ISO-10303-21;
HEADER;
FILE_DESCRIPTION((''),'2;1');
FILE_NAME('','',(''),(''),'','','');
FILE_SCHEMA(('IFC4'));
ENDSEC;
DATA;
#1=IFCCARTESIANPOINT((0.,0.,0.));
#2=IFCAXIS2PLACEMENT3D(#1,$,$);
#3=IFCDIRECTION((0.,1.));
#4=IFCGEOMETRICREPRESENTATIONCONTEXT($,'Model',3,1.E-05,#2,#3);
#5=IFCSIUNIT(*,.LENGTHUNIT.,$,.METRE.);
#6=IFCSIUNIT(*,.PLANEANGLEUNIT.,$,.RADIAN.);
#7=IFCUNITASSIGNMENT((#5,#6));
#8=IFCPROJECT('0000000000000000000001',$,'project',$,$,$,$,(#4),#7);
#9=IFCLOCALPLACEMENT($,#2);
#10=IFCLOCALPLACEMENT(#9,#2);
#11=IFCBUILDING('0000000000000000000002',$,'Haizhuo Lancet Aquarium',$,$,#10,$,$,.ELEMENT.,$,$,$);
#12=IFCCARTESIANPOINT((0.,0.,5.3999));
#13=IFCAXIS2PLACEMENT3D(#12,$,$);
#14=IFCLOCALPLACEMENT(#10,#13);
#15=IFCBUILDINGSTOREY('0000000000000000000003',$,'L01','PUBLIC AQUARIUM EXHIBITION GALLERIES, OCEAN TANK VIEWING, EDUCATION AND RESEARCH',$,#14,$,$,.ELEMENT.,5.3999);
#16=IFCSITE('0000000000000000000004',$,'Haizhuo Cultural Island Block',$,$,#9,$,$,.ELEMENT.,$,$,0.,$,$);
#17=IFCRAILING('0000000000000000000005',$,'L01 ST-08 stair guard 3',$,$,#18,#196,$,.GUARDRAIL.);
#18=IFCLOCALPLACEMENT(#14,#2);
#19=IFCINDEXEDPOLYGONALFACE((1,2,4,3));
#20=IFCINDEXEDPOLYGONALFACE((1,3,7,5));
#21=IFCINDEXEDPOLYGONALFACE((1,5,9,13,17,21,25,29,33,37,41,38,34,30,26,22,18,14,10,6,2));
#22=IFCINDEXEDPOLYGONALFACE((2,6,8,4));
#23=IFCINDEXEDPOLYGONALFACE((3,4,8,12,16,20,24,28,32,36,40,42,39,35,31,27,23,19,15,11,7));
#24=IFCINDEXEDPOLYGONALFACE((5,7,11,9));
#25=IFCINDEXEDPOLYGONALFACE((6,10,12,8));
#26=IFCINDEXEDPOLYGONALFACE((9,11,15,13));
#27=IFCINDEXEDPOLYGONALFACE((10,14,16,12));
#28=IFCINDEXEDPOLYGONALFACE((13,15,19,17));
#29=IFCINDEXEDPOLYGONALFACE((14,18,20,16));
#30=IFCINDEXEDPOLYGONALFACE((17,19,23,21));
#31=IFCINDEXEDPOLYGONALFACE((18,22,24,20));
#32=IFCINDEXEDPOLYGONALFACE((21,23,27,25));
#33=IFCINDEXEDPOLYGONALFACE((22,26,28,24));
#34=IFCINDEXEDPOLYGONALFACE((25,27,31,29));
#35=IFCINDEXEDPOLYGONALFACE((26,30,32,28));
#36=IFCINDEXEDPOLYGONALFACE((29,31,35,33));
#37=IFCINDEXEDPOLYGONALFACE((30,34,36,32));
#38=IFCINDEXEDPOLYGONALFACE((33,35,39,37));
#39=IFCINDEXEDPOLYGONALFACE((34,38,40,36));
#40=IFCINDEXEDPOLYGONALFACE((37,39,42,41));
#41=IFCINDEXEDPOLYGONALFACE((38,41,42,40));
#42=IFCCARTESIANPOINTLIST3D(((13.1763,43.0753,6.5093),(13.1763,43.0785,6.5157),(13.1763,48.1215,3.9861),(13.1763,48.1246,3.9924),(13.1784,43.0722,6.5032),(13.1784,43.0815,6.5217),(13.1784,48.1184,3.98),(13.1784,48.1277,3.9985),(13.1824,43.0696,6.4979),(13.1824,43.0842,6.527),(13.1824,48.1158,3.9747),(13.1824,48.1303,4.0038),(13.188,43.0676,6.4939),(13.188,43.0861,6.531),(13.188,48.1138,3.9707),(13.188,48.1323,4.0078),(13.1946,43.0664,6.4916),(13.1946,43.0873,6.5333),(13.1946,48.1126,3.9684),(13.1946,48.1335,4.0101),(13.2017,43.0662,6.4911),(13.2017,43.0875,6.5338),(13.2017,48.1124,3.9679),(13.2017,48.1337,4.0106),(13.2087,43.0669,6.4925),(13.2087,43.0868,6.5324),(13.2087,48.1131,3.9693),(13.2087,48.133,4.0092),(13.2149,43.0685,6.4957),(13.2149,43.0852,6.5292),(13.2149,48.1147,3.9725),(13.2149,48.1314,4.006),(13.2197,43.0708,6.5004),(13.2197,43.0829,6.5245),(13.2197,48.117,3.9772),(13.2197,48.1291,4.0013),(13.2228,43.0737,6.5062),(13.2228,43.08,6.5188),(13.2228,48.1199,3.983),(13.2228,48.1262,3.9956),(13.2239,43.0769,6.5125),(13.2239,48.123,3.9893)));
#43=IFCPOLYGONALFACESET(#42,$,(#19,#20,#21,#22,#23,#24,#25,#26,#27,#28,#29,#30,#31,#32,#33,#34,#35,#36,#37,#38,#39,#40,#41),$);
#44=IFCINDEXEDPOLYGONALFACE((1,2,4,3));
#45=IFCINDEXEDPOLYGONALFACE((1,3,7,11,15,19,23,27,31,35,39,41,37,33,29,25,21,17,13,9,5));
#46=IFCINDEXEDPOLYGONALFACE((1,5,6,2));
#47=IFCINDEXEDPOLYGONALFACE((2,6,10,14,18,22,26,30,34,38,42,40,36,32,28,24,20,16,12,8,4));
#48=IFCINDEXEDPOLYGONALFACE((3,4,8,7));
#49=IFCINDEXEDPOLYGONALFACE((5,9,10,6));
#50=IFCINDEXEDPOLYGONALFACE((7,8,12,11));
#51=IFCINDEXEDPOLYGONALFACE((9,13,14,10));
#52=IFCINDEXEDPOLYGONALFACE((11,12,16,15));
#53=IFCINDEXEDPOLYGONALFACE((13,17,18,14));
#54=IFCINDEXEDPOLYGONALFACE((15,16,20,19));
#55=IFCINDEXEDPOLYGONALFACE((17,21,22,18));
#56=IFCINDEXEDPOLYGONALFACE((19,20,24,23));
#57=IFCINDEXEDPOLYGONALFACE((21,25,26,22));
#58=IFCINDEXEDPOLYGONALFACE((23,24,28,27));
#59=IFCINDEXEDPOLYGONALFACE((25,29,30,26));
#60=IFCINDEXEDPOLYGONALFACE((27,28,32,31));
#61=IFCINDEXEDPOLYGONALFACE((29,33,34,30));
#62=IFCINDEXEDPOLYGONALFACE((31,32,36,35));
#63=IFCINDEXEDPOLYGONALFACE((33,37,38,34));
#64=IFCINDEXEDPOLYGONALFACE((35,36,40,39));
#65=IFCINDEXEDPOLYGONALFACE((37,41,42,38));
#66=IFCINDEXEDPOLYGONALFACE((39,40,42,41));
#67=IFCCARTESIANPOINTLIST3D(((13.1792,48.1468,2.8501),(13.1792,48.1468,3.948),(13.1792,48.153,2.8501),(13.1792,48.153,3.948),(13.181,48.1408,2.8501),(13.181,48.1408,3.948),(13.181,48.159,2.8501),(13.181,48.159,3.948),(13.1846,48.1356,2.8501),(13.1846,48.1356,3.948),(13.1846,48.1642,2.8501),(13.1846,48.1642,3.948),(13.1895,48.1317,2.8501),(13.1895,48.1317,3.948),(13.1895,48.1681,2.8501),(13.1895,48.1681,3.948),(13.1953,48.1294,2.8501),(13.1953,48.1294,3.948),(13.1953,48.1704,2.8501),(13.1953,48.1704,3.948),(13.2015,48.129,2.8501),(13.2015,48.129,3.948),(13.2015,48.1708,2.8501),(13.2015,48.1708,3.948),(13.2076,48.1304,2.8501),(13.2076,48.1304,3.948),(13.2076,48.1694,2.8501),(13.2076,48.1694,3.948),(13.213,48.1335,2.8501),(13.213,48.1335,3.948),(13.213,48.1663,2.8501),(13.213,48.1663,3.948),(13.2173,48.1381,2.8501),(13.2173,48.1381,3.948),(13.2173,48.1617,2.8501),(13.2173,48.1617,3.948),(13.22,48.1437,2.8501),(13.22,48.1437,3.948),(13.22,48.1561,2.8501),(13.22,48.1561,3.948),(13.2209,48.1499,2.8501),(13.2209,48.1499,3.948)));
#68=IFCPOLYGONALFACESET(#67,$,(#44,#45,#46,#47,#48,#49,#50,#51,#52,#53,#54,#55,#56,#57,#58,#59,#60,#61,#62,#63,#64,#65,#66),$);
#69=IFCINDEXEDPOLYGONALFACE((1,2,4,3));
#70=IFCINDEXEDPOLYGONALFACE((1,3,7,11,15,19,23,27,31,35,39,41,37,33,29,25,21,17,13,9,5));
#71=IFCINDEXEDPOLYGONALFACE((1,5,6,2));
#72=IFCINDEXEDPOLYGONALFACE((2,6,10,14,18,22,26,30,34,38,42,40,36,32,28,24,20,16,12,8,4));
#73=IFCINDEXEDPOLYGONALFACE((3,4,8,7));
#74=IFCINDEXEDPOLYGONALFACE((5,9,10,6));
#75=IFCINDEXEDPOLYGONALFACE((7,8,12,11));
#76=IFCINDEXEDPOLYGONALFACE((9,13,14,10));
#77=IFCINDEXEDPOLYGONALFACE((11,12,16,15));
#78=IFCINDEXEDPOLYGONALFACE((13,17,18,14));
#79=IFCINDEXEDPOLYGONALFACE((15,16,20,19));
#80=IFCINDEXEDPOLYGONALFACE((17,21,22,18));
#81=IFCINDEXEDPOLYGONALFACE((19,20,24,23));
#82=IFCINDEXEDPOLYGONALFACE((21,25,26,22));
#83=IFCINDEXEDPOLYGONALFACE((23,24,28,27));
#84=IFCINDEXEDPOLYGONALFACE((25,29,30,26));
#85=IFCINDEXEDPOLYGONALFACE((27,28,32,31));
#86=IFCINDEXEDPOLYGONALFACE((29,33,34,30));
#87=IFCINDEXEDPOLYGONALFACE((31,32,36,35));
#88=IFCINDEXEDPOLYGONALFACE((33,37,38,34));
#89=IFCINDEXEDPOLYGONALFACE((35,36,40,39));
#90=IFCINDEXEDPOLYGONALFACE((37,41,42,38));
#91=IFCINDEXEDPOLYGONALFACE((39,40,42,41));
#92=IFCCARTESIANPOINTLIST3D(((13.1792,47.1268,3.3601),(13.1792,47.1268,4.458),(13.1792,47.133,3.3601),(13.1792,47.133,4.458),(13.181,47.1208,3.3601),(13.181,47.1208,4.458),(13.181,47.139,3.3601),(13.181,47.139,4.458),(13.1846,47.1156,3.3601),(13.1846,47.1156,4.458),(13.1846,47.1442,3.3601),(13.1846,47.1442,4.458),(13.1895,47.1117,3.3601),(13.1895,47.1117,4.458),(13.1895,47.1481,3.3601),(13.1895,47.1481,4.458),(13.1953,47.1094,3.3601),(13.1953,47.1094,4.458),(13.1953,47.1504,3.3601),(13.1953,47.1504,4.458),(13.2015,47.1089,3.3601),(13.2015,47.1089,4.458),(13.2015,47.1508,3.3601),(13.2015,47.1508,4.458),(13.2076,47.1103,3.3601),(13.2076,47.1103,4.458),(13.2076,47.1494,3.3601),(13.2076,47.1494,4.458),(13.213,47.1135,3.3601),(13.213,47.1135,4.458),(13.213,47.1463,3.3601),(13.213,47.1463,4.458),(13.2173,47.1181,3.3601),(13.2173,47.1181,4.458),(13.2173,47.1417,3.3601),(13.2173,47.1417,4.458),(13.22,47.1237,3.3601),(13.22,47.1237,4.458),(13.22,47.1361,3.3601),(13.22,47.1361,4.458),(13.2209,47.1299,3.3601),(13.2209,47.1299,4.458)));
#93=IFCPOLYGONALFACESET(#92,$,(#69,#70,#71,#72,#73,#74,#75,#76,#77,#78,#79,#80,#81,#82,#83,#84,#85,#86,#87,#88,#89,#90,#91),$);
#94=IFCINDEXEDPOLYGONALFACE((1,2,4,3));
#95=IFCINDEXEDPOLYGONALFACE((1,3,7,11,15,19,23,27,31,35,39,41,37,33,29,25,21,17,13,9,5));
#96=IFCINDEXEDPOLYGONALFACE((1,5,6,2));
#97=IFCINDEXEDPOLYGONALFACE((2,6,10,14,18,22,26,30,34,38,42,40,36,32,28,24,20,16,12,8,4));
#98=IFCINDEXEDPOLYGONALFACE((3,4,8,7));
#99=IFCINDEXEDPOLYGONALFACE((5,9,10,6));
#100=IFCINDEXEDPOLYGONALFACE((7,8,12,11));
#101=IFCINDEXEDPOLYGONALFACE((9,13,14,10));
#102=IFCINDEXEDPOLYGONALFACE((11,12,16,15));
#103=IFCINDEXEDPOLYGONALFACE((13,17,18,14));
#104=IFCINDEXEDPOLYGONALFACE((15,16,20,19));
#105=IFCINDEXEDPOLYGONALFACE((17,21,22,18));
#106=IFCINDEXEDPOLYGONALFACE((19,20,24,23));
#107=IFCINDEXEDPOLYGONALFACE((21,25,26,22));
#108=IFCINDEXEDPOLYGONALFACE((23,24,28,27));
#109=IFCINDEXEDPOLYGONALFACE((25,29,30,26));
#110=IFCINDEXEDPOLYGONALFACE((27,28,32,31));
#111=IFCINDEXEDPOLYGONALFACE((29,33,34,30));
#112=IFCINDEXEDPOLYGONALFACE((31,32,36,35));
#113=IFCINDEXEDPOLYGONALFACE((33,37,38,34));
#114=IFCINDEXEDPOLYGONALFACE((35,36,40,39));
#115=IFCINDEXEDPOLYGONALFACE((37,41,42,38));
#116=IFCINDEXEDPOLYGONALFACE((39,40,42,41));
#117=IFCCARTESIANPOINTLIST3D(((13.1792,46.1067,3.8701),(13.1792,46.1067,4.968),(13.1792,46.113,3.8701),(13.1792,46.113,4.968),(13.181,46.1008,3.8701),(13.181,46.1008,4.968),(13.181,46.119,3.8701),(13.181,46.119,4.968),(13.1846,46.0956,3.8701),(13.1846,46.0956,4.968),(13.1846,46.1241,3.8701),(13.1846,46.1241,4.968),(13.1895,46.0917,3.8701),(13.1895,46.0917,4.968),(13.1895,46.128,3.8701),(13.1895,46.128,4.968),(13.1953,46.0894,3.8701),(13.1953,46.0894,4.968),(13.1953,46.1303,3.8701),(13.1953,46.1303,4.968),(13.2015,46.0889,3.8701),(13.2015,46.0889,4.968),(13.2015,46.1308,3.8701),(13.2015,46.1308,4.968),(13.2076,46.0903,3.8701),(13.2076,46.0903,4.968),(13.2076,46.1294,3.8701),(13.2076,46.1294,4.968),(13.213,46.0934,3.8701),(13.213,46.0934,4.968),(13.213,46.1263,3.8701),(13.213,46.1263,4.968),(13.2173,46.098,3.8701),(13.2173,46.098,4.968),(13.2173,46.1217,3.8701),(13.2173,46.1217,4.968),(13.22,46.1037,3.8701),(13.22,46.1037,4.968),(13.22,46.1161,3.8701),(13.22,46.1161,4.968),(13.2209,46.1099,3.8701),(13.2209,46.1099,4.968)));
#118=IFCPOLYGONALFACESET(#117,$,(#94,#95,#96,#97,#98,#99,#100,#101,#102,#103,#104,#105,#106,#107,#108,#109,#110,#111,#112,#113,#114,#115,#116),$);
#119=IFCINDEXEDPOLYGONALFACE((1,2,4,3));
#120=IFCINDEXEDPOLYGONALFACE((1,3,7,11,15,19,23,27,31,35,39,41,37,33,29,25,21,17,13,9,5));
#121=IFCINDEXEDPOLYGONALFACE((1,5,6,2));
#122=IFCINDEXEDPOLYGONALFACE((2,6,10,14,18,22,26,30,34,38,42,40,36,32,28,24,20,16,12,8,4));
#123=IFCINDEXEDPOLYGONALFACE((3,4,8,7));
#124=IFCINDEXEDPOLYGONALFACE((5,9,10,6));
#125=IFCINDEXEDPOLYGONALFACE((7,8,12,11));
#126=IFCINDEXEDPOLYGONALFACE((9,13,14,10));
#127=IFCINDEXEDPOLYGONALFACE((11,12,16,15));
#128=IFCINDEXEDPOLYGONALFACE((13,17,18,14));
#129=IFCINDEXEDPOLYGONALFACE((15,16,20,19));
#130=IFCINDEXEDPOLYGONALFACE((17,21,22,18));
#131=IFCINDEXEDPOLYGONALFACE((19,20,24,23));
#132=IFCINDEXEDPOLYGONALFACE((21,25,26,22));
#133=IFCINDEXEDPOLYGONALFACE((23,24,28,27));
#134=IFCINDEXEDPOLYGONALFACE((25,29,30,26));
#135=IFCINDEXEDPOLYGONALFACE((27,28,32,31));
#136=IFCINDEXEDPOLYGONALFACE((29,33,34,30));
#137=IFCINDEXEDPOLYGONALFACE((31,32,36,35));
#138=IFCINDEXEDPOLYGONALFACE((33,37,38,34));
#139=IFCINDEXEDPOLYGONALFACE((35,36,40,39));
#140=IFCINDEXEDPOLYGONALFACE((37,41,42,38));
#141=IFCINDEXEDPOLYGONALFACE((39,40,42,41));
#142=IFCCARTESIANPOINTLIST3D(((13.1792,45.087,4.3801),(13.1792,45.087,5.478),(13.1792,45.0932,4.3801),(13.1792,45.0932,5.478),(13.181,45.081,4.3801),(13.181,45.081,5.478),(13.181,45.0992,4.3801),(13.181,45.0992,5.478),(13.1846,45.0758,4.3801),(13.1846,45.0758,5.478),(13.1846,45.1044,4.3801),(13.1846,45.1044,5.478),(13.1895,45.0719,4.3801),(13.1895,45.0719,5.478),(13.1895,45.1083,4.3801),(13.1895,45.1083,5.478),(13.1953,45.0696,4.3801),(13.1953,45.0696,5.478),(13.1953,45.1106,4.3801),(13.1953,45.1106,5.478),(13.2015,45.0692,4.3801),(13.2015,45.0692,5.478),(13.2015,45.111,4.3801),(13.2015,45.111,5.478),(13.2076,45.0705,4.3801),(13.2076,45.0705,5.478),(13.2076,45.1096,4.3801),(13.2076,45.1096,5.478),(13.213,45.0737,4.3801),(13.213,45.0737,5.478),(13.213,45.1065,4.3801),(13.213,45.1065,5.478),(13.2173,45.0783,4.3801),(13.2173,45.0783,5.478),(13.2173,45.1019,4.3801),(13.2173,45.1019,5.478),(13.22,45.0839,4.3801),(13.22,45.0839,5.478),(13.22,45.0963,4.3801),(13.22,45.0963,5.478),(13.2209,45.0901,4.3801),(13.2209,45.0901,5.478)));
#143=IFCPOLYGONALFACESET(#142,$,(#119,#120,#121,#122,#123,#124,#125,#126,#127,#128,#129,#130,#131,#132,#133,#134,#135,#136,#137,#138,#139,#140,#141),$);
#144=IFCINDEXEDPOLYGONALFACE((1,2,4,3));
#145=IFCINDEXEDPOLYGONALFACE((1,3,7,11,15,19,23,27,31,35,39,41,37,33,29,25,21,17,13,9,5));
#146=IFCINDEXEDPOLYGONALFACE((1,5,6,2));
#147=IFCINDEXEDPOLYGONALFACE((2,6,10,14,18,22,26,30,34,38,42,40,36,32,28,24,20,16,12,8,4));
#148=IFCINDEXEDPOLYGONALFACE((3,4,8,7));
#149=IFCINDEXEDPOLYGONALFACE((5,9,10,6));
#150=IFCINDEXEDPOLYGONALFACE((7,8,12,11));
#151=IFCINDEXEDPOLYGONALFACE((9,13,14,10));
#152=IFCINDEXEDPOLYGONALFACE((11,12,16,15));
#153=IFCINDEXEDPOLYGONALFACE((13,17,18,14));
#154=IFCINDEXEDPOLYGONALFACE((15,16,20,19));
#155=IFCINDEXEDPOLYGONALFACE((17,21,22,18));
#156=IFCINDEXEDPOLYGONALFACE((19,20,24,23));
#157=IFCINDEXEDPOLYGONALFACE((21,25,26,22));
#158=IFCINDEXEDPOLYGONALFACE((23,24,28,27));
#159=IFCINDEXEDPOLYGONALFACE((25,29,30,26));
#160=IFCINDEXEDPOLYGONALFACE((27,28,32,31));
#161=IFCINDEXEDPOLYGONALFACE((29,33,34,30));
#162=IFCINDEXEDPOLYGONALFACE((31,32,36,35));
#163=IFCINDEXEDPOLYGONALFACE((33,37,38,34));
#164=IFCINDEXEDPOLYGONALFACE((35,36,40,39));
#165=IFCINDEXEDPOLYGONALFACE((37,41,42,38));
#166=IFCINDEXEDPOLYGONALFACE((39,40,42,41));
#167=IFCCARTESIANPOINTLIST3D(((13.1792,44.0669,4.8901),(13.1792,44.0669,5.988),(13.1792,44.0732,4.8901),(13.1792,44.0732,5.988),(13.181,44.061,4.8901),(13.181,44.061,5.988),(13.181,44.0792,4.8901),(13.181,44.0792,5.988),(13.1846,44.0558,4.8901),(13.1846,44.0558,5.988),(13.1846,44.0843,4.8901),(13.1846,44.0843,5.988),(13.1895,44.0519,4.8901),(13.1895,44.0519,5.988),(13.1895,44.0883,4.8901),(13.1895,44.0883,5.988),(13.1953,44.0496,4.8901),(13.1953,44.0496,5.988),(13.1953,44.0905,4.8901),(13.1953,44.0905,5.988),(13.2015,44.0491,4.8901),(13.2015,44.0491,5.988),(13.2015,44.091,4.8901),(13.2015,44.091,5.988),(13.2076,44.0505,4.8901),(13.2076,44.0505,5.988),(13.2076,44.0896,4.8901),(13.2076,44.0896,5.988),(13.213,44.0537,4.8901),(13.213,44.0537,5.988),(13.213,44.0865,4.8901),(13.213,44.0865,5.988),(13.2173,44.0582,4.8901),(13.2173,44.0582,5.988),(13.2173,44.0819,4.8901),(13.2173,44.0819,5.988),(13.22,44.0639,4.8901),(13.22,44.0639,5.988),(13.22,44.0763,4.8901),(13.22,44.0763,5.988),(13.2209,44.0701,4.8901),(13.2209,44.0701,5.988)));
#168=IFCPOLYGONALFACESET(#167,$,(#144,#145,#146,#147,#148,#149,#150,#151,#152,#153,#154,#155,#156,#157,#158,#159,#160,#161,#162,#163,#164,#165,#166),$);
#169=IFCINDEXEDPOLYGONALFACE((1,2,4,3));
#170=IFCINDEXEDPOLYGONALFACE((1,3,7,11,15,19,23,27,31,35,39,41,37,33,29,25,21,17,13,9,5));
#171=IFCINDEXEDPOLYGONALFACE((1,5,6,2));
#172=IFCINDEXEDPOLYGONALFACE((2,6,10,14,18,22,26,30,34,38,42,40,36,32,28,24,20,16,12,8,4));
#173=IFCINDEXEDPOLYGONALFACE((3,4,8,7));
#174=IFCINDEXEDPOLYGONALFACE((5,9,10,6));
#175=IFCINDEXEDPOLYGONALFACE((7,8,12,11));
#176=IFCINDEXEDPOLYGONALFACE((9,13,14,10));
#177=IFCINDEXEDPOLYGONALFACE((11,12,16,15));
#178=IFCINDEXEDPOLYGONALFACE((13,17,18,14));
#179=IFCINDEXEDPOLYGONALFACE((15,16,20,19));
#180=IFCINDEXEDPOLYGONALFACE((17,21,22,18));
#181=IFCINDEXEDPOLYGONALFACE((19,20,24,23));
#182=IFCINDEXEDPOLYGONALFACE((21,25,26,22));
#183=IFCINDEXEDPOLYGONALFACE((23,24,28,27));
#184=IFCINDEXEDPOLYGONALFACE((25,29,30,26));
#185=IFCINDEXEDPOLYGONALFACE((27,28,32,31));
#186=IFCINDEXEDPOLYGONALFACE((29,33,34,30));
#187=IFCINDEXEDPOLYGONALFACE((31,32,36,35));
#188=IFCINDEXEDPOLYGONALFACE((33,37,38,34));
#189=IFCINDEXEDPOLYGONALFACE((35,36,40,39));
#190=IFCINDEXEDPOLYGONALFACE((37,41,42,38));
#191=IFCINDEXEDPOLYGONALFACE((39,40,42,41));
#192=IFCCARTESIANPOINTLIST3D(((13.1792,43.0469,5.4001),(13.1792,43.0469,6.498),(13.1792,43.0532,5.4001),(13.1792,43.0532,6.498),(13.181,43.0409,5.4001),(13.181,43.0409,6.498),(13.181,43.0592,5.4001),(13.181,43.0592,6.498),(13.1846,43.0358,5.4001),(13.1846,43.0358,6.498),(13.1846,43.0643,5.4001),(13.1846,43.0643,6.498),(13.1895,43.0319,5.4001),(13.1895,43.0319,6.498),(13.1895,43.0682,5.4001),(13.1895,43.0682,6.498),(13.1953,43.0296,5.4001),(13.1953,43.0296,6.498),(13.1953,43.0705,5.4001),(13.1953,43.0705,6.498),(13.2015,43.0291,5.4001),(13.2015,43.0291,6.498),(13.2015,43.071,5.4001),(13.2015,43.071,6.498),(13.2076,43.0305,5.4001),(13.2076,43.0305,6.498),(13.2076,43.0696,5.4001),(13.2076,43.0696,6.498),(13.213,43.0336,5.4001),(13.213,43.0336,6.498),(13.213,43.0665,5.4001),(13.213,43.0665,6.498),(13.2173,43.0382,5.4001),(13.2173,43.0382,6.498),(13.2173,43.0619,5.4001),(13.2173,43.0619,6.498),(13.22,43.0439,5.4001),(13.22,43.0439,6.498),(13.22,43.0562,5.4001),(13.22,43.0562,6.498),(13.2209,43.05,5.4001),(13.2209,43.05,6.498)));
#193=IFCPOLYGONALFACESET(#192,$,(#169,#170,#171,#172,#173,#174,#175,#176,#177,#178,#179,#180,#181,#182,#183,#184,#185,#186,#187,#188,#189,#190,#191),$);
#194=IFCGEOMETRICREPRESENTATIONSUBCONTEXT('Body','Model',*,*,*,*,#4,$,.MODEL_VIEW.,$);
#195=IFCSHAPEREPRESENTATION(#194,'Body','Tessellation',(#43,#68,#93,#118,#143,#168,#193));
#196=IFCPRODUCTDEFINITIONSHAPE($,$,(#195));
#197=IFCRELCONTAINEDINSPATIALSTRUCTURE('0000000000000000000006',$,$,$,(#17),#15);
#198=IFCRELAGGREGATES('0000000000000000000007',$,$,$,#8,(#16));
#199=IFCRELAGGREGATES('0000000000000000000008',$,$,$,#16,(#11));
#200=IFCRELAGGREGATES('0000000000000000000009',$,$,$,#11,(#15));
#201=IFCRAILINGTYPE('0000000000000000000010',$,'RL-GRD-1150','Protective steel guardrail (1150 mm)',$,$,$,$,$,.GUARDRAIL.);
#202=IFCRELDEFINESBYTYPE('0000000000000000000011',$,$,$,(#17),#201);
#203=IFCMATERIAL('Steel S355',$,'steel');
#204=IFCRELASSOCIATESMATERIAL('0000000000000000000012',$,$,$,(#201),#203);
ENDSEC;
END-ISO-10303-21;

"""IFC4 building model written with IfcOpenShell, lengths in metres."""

from ifc_helpers import new_model, si_unit, direction, frame, origin, origin_2d, place, context, subcontext, project, spatial, circle, extrude, material, type_object, element, save


model = new_model("IFC4")

# Units and contexts
model_context = context("Model", 3, precision=1e-05, world=origin(), true_north=direction((0.0, 1.0)))
body_context = subcontext(model_context, "Body", "Model", "MODEL_VIEW")
ifc_project = project(units=[si_unit("LENGTHUNIT", "METRE"), si_unit("PLANEANGLEUNIT", "RADIAN")], contexts=[model_context])

# Site, building, storey
site_placement = place(None, origin())
site = spatial("IfcSite", under=ifc_project, at=site_placement, Name="Haizhuo Cultural Island Block", CompositionType="ELEMENT", RefElevation=0.0)
building_placement = place(site_placement, origin())
building = spatial("IfcBuilding", under=site, at=building_placement, Name="Haizhuo Lancet Aquarium", CompositionType="ELEMENT")
storey_placement = place(building_placement, frame((0.0, 0.0, 5.3999)))
storey = spatial("IfcBuildingStorey", under=building, at=storey_placement, Name="L01", Description="PUBLIC AQUARIUM EXHIBITION GALLERIES, OCEAN TANK VIEWING, EDUCATION AND RESEARCH", CompositionType="ELEMENT", Elevation=5.3999)

# Shared definitions
ifc_material_1 = material(Name="Steel S355", Category="steel")

# Railing
railing_type_1 = type_object("IfcRailingType", Name="RL-GRD-1150", Description="Protective steel guardrail (1150 mm)", PredefinedType="GUARDRAIL", material=ifc_material_1)
railing_1_placement = place(storey_placement, frame((13.2, 48.1499, 2.8501)))
element("IfcRailing", 1, at=railing_1_placement, inside=storey, type_object=railing_type_1, Name="L01 ST-08 stair guard 3", PredefinedType="GUARDRAIL", context=body_context, shape_type="SweptSolid", body=[
    extrude(circle(Radius=0.0239, at=origin_2d()), frame((0.0, -0.0269, 1.1392), z_axis=(0.0, -0.894419, 0.447231), x_axis=(1.0, 0.0, 0.0)), (0.0, 0.0, 1.0), 5.6418),
    extrude(circle(Radius=0.021, at=origin_2d()), origin(), (0.0, 0.0, 1.0), 1.0979),
    extrude(circle(Radius=0.021, at=origin_2d()), frame((0.0, -1.02, 0.51)), (0.0, 0.0, 1.0), 1.0979),
    extrude(circle(Radius=0.021, at=origin_2d()), frame((0.0, -2.04, 1.02)), (0.0, 0.0, 1.0), 1.0979),
    extrude(circle(Radius=0.021, at=origin_2d()), frame((0.0, -3.0598, 1.53)), (0.0, 0.0, 1.0), 1.0979),
    extrude(circle(Radius=0.021, at=origin_2d()), frame((0.0, -4.0798, 2.04)), (0.0, 0.0, 1.0), 1.0979),
    extrude(circle(Radius=0.021, at=origin_2d()), frame((0.0, -5.0999, 2.55)), (0.0, 0.0, 1.0), 1.0979),
])

save(model, "model.ifc")
